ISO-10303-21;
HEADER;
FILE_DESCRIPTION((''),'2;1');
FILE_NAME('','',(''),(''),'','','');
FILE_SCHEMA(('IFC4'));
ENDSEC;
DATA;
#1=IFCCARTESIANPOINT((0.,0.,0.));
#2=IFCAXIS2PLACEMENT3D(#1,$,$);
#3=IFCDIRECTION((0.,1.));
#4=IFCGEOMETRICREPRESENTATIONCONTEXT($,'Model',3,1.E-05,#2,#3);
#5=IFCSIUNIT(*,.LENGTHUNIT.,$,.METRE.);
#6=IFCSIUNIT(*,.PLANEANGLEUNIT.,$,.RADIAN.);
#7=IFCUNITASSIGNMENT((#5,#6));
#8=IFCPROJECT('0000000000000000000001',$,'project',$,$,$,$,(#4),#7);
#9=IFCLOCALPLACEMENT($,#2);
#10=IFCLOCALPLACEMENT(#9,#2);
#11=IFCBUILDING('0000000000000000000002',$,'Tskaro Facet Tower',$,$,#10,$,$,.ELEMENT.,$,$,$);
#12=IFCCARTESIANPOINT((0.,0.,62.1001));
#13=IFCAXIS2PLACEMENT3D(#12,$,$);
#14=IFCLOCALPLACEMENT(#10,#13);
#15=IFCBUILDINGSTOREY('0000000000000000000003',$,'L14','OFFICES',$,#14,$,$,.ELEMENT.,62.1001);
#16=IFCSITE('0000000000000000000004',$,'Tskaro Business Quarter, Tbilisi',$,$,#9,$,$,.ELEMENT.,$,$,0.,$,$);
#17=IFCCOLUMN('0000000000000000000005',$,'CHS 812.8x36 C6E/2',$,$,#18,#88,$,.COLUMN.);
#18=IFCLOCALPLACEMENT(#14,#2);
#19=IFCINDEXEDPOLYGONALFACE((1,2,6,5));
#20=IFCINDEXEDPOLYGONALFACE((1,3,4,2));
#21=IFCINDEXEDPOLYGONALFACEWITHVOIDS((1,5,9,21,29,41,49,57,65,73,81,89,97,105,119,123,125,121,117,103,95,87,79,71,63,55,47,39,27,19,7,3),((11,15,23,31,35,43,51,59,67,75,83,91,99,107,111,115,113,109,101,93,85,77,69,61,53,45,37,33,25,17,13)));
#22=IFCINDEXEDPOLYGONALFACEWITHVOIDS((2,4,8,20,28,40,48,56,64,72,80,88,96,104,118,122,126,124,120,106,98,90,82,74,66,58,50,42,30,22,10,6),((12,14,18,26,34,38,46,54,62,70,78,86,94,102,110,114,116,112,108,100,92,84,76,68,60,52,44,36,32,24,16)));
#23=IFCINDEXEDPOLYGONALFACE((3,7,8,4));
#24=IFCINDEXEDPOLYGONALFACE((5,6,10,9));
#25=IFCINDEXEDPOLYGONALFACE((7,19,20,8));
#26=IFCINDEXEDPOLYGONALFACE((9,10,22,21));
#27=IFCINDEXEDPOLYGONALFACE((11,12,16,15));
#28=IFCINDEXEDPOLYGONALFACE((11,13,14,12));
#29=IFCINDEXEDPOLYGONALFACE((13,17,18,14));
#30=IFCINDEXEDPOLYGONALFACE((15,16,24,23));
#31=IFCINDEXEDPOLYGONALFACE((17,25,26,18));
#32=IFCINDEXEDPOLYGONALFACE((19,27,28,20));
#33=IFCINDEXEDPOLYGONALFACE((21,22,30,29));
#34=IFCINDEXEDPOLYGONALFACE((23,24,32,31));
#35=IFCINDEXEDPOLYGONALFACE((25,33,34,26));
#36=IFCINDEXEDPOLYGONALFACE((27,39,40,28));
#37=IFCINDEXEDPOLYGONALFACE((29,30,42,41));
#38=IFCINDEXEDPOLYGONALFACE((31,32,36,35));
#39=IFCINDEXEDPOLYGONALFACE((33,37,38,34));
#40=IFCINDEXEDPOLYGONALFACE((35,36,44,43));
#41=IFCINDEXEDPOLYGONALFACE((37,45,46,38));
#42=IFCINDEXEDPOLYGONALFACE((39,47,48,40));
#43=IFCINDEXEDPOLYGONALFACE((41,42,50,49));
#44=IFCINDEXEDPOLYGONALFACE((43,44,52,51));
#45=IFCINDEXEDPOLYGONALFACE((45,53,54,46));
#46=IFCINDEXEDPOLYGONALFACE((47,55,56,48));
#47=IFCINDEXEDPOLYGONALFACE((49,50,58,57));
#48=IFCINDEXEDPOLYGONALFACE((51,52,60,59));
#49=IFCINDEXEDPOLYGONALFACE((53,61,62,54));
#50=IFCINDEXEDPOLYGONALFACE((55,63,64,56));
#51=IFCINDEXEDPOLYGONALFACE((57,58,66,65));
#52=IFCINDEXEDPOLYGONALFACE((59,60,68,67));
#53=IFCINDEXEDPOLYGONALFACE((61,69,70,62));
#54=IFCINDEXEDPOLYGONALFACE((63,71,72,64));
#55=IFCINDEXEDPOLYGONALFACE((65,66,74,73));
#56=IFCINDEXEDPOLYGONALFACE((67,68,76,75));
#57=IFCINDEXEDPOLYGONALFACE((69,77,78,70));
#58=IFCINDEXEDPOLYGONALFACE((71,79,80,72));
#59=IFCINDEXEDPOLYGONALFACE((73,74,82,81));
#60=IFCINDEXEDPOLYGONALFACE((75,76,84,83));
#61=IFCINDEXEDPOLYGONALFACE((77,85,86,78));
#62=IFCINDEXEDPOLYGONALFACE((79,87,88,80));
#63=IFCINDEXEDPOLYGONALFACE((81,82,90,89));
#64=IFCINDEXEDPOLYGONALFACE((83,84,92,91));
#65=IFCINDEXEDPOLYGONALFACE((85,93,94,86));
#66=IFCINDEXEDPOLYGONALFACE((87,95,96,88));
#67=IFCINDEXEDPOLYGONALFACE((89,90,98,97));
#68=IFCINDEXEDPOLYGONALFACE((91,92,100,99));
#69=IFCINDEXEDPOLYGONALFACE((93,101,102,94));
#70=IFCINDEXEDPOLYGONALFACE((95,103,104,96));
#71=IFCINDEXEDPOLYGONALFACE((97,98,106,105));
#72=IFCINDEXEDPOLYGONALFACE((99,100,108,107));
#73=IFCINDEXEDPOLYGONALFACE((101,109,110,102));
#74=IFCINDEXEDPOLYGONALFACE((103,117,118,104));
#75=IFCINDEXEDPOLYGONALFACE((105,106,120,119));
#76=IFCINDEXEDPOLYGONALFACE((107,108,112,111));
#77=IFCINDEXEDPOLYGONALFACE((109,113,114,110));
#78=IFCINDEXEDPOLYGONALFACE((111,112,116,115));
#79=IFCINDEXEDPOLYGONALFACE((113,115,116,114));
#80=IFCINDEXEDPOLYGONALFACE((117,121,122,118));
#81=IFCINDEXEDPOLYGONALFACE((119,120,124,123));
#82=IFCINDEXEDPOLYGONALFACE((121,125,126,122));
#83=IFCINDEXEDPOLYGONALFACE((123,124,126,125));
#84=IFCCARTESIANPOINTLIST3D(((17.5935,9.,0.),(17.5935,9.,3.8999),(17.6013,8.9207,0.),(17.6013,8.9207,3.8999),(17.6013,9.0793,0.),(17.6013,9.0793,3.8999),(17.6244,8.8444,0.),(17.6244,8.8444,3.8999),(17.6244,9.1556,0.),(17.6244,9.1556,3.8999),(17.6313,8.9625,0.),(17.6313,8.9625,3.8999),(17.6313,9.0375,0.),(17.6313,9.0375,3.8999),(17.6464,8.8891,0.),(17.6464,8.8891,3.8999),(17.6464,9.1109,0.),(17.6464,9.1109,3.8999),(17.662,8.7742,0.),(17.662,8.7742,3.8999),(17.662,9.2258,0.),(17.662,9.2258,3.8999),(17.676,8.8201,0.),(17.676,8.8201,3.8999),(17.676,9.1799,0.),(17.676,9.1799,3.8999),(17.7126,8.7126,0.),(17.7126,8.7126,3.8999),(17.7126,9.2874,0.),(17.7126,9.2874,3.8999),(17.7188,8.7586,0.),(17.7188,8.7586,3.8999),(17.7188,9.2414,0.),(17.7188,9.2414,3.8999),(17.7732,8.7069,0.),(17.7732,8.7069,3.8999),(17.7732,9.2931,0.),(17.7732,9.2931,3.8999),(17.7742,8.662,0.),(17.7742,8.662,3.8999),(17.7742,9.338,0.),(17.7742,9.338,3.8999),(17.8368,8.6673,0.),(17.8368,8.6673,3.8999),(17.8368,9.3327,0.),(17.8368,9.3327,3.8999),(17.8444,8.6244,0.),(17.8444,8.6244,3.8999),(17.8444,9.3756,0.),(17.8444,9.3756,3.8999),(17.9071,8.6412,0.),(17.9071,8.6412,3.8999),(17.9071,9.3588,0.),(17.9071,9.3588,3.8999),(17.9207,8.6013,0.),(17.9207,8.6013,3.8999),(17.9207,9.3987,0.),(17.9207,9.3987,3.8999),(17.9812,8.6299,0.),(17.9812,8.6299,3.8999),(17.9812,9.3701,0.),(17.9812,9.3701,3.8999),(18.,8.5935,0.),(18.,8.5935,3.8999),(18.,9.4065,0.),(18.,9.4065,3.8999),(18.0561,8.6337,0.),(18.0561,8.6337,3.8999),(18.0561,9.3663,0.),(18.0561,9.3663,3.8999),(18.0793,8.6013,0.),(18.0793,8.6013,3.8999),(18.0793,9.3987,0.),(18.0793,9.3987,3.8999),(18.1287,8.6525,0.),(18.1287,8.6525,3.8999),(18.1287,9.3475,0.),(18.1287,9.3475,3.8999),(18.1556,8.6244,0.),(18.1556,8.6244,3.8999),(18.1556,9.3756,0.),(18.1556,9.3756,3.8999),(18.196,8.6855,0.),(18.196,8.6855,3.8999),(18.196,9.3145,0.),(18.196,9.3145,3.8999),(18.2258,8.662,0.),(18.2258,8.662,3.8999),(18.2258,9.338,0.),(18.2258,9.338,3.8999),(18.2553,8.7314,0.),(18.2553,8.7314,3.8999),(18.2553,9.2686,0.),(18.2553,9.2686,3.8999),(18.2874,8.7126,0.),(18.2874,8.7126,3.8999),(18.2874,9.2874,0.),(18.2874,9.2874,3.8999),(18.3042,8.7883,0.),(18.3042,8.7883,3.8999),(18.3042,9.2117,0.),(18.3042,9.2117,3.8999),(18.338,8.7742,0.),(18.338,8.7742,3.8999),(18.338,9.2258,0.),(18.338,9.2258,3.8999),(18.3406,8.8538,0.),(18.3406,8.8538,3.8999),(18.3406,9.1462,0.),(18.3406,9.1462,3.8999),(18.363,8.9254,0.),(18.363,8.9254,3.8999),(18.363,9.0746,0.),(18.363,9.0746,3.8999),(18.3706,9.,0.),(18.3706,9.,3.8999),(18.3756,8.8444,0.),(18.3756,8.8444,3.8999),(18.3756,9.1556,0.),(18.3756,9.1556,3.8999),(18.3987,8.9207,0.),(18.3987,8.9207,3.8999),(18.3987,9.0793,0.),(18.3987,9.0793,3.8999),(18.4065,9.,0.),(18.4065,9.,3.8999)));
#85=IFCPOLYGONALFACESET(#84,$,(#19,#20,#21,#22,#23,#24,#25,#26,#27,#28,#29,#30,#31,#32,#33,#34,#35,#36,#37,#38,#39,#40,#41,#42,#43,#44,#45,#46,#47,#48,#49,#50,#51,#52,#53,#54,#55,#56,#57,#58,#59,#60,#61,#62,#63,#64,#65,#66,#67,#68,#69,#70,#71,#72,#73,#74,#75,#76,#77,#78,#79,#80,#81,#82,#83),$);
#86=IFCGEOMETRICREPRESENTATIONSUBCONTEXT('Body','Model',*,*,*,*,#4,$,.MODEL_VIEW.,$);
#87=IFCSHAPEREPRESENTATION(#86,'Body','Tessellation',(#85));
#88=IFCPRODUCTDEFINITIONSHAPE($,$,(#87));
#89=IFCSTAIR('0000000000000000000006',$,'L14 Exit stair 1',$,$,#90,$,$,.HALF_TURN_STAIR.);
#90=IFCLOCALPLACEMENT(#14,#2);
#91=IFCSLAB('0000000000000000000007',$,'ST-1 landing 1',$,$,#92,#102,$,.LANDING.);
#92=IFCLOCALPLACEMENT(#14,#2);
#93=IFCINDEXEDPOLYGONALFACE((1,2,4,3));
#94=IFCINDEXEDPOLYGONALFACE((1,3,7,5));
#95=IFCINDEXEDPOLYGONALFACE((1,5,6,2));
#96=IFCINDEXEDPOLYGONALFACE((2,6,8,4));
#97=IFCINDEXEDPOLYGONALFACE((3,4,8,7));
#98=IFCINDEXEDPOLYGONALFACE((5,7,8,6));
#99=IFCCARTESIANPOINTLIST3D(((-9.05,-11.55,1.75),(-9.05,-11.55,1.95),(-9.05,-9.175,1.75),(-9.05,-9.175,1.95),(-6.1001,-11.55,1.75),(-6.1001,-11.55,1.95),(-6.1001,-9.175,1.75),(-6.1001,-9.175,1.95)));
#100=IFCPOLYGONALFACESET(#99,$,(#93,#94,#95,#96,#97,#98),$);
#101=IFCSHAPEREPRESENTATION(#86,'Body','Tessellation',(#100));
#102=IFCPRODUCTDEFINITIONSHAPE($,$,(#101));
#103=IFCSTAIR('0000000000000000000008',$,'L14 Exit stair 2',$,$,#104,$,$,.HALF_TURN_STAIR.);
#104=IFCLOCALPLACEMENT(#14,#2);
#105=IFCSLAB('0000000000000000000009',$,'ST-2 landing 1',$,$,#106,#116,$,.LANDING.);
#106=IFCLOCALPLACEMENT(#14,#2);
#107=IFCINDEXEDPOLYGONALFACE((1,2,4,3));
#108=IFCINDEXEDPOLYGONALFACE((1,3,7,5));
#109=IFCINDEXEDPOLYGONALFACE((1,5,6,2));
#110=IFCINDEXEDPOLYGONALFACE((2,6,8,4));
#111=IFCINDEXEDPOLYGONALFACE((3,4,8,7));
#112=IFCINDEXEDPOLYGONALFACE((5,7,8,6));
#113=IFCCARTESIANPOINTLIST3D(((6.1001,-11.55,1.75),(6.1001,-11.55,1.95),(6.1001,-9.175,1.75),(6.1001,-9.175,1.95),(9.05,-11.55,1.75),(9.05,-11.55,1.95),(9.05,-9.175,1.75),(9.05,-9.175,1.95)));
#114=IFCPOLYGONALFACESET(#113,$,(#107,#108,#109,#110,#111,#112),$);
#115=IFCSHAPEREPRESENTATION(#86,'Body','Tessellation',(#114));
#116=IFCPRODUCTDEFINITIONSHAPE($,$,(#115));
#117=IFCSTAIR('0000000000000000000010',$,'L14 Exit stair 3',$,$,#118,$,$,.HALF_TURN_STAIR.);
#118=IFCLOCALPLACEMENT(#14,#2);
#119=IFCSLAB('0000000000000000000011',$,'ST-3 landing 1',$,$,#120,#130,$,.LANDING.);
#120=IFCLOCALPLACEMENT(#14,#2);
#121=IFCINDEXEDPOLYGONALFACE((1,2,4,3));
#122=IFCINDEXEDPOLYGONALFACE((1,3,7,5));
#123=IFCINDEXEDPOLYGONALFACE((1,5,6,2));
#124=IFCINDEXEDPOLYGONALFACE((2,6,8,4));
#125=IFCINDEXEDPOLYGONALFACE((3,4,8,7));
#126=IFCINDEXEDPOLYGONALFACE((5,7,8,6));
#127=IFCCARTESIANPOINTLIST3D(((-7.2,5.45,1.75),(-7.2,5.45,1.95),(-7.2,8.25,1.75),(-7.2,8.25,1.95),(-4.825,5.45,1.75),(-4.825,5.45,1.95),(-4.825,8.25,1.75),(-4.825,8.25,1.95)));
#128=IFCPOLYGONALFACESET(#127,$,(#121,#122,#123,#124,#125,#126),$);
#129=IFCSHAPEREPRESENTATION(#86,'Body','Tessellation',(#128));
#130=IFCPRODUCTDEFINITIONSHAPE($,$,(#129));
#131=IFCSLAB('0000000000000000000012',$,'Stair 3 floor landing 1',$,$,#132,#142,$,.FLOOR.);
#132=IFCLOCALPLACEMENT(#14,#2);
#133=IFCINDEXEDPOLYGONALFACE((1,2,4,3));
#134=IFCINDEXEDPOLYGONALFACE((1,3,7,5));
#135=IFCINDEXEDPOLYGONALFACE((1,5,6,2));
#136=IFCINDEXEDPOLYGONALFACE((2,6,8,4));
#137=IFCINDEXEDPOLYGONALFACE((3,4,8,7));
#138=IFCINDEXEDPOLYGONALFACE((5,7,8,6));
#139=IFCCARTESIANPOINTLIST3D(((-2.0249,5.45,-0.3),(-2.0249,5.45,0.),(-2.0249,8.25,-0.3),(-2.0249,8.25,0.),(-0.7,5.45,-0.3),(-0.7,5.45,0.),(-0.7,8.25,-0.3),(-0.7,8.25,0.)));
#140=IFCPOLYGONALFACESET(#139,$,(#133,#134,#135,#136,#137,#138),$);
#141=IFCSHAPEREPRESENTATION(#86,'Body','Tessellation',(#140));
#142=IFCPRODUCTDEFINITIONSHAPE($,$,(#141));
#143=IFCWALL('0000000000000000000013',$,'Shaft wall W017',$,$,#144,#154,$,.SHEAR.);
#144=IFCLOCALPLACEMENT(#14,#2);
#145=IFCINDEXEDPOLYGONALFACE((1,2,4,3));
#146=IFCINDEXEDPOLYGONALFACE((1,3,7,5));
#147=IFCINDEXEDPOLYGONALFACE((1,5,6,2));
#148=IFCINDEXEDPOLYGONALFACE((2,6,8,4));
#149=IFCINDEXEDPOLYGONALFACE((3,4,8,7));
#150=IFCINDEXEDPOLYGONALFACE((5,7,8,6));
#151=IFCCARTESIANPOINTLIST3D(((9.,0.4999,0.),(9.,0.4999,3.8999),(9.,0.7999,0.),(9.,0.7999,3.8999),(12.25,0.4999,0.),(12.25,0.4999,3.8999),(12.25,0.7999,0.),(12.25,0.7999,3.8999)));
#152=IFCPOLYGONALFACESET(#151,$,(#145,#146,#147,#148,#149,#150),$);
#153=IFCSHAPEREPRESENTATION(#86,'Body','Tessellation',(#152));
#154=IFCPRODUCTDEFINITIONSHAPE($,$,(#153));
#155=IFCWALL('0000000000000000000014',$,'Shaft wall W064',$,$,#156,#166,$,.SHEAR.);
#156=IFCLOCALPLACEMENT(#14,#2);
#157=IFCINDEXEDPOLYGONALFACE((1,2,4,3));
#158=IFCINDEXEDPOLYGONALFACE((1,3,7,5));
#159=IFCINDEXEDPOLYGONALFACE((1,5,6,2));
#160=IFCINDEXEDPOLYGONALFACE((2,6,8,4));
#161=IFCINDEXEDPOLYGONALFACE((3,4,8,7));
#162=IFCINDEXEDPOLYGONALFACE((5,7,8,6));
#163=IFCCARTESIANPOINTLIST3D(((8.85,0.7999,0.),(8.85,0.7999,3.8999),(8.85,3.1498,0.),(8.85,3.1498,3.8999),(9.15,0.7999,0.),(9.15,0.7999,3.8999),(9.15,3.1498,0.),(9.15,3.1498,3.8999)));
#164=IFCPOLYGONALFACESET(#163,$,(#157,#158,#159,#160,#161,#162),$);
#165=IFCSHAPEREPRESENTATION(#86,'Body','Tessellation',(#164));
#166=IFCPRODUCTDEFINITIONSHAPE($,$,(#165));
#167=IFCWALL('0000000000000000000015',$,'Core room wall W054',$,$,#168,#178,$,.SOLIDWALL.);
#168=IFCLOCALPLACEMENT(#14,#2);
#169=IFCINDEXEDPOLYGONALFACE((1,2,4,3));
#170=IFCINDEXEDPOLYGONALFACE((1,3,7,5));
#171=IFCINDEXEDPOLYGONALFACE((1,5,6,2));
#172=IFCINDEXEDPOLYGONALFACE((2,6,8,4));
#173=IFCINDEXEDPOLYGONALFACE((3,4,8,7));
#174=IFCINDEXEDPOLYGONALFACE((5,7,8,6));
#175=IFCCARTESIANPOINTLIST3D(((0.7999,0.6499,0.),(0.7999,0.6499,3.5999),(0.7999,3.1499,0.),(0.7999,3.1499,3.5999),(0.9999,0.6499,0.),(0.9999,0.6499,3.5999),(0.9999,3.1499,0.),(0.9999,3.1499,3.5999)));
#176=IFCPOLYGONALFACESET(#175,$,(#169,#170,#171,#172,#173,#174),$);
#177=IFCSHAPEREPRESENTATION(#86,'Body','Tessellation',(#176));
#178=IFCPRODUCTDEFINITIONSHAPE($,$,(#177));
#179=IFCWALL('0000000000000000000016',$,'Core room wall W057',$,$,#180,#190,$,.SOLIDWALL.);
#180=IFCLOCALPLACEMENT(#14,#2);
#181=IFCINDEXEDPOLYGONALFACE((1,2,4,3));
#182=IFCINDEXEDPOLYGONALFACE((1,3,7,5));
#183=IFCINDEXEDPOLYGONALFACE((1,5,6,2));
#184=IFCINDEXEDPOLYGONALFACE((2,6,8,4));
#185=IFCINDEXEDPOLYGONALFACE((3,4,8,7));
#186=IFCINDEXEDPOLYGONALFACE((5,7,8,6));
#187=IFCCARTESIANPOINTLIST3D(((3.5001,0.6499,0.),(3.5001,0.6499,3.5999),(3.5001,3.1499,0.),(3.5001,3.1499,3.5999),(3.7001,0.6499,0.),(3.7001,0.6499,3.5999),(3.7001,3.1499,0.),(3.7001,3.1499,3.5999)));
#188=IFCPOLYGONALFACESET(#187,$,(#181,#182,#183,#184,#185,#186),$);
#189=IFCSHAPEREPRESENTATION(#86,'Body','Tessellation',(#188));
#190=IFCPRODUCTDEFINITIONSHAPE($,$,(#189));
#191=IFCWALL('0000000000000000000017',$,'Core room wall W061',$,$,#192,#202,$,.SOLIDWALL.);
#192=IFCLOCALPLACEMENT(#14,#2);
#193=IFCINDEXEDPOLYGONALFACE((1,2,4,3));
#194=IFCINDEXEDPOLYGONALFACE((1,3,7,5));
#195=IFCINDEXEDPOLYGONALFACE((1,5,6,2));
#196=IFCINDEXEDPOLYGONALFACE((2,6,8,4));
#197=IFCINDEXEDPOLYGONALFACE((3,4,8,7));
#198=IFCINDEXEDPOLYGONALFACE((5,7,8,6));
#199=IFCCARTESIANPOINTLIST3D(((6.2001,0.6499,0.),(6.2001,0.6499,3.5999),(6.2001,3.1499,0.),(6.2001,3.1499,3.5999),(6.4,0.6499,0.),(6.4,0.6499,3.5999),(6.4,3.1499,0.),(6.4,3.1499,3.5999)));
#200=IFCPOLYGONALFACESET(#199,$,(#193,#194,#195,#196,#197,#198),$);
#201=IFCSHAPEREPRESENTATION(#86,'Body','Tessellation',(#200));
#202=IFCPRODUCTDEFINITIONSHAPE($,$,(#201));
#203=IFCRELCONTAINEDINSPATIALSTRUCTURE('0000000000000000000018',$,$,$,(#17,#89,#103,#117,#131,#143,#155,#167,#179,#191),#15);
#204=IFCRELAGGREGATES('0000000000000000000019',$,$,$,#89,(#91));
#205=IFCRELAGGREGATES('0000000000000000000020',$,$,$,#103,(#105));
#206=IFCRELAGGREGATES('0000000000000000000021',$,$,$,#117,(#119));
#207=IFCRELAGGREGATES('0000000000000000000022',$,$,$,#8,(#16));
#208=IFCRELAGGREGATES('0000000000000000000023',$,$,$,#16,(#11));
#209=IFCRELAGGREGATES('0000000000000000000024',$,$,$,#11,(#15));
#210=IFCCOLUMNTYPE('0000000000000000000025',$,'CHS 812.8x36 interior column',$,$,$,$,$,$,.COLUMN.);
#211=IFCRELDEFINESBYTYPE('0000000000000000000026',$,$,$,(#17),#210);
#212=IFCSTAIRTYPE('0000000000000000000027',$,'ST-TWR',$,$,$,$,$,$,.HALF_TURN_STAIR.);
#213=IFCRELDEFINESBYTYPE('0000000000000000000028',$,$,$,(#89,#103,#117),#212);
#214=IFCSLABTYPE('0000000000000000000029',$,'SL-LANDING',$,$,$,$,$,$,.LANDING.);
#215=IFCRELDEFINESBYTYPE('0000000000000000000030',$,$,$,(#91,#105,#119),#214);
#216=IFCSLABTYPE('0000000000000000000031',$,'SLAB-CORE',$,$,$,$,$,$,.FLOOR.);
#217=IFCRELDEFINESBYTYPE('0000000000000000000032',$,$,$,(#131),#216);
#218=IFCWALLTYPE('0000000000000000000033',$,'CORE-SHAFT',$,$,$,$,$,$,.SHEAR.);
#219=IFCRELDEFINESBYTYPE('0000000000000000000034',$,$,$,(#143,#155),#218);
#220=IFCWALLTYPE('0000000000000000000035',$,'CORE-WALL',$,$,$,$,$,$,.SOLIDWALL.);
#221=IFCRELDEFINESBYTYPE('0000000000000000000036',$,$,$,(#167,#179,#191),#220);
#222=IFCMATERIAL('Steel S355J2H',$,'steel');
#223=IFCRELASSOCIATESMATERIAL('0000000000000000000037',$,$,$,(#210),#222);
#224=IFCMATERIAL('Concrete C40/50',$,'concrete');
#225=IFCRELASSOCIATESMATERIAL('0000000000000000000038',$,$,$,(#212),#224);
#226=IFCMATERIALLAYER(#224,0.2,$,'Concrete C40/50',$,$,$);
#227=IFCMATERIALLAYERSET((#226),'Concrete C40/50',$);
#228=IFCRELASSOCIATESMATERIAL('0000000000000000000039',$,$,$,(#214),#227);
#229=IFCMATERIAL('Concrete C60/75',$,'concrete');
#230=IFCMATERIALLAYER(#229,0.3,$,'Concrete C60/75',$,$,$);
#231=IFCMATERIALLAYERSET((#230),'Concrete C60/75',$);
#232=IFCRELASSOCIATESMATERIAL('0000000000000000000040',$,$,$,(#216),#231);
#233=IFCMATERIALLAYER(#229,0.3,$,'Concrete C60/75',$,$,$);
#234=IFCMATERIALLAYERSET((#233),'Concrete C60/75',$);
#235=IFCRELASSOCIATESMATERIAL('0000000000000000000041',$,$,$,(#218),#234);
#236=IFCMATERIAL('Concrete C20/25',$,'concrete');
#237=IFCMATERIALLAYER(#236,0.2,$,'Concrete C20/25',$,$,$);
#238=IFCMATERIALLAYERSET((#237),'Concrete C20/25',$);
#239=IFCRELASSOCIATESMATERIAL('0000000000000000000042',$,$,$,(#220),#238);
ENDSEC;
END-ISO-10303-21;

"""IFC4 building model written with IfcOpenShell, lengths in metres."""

from ifc_helpers import new_model, si_unit, direction, frame, frame_2d, origin, origin_2d, place, context, subcontext, project, spatial, polyline, rectangle, hollow_circle, outline, extrude, material, layer, layer_set, material_profile, profile_set, type_object, element, aggregate, save


model = new_model("IFC4")

# Units and contexts
model_context = context("Model", 3, precision=1e-05, world=origin(), true_north=direction((0.0, 1.0)))
body_context = subcontext(model_context, "Body", "Model", "MODEL_VIEW")
ifc_project = project(units=[si_unit("LENGTHUNIT", "METRE"), si_unit("PLANEANGLEUNIT", "RADIAN")], contexts=[model_context])

# Site, building, storey
site_placement = place(None, origin())
site = spatial("IfcSite", under=ifc_project, at=site_placement, Name="Tskaro Business Quarter, Tbilisi", CompositionType="ELEMENT", RefElevation=0.0)
building_placement = place(site_placement, origin())
building = spatial("IfcBuilding", under=site, at=building_placement, Name="Tskaro Facet Tower", CompositionType="ELEMENT")
storey_placement = place(building_placement, frame((0.0, 0.0, 62.1001)))
storey = spatial("IfcBuildingStorey", under=building, at=storey_placement, Name="L14", Description="OFFICES", CompositionType="ELEMENT", Elevation=62.1001)

# Column
ifc_material_1 = material(Name="Steel S355J2H", Category="steel")
ifc_material_profile = material_profile(ifc_material_1, hollow_circle(Radius=0.4065, WallThickness=0.0359, at=origin_2d()), Name="CHS 812.8x36")
ifc_profile_set = profile_set([ifc_material_profile], Name="Steel S355J2H")
column_type = type_object("IfcColumnType", Name="CHS 812.8x36 interior column", PredefinedType="COLUMN", material=ifc_profile_set)
for number, where, z_axis, x_axis, name in (
    (1, (18.0, 9.0, 0.0), (0.0, 0.0, 1.0), (1.0, 0.0, 0.0), "CHS 812.8x36 C6E/2"),
):
    element("IfcColumn", number, at=place(storey_placement, frame(where, z_axis=z_axis, x_axis=x_axis)), inside=storey, type_object=column_type, Name=name, PredefinedType="COLUMN", context=body_context, shape_type="SweptSolid", body=[
        extrude(hollow_circle(Radius=0.4065, WallThickness=0.0359, at=origin_2d()), origin(), (0.0, 0.0, 1.0), 3.8999),
    ])

# Stairs, slabs
ifc_material_2 = material(Name="Concrete C40/50", Category="concrete")
stair_type = type_object("IfcStairType", Name="ST-TWR", PredefinedType="HALF_TURN_STAIR", material=ifc_material_2)
stair_1_placement = place(storey_placement, origin())
stair_1 = element("IfcStair", 2, at=stair_1_placement, inside=storey, type_object=stair_type, Name="L14 Exit stair 1", PredefinedType="HALF_TURN_STAIR")
ifc_layer_1 = layer(ifc_material_2, 0.2, Name="Concrete C40/50")
ifc_layer_set_1 = layer_set([ifc_layer_1], Name="Concrete C40/50")
slab_type_1 = type_object("IfcSlabType", Name="SL-LANDING", PredefinedType="LANDING", material=ifc_layer_set_1)
slab_1_placement = place(storey_placement, frame((0.0, 0.0, 1.75)))
slab_1 = element("IfcSlab", 3, at=slab_1_placement, type_object=slab_type_1, Name="ST-1 landing 1", PredefinedType="LANDING", context=body_context, shape_type="SweptSolid", body=[
    extrude(outline(polyline([(-9.05, -11.55), (-6.1001, -11.55), (-6.1001, -9.175), (-9.05, -9.175), (-9.05, -11.55)])), origin(), (0.0, 0.0, 1.0), 0.2),
])
aggregate(stair_1, [slab_1])
stair_2_placement = place(storey_placement, origin())
stair_2 = element("IfcStair", 4, at=stair_2_placement, inside=storey, type_object=stair_type, Name="L14 Exit stair 2", PredefinedType="HALF_TURN_STAIR")
slab_2_placement = place(storey_placement, frame((0.0, 0.0, 1.75)))
slab_2 = element("IfcSlab", 5, at=slab_2_placement, type_object=slab_type_1, Name="ST-2 landing 1", PredefinedType="LANDING", context=body_context, shape_type="SweptSolid", body=[
    extrude(outline(polyline([(6.1001, -11.55), (9.05, -11.55), (9.05, -9.175), (6.1001, -9.175), (6.1001, -11.55)])), origin(), (0.0, 0.0, 1.0), 0.2),
])
aggregate(stair_2, [slab_2])
stair_3_placement = place(storey_placement, origin())
stair_3 = element("IfcStair", 6, at=stair_3_placement, inside=storey, type_object=stair_type, Name="L14 Exit stair 3", PredefinedType="HALF_TURN_STAIR")
slab_3_placement = place(storey_placement, frame((0.0, 0.0, 1.75)))
slab_3 = element("IfcSlab", 7, at=slab_3_placement, type_object=slab_type_1, Name="ST-3 landing 1", PredefinedType="LANDING", context=body_context, shape_type="SweptSolid", body=[
    extrude(outline(polyline([(-7.2, 5.45), (-4.825, 5.45), (-4.825, 8.25), (-7.2, 8.25), (-7.2, 5.45)])), origin(), (0.0, 0.0, 1.0), 0.2),
])
aggregate(stair_3, [slab_3])

# Slab
ifc_material_3 = material(Name="Concrete C60/75", Category="concrete")
ifc_layer_2 = layer(ifc_material_3, 0.3, Name="Concrete C60/75")
ifc_layer_set_2 = layer_set([ifc_layer_2], Name="Concrete C60/75")
slab_type_2 = type_object("IfcSlabType", Name="SLAB-CORE", PredefinedType="FLOOR", material=ifc_layer_set_2)
slab_4_placement = place(storey_placement, frame((0.0, 0.0, -0.3)))
element("IfcSlab", 8, at=slab_4_placement, inside=storey, type_object=slab_type_2, Name="Stair 3 floor landing 1", PredefinedType="FLOOR", context=body_context, shape_type="SweptSolid", body=[
    extrude(outline(polyline([(-2.0249, 5.45), (-0.7, 5.45), (-0.7, 8.25), (-2.0249, 8.25), (-2.0249, 5.45)])), origin(), (0.0, 0.0, 1.0), 0.3),
])

# Walls
ifc_layer_3 = layer(ifc_material_3, 0.3, Name="Concrete C60/75")
ifc_layer_set_3 = layer_set([ifc_layer_3], Name="Concrete C60/75")
wall_type_1 = type_object("IfcWallType", Name="CORE-SHAFT", PredefinedType="SHEAR", material=ifc_layer_set_3)
wall_1_placement = place(storey_placement, frame((12.25, 0.6499, 0.0), z_axis=(0.0, 0.0, 1.0), x_axis=(-1.0, 0.0, 0.0)))
element("IfcWall", 9, at=wall_1_placement, inside=storey, type_object=wall_type_1, Name="Shaft wall W017", PredefinedType="SHEAR", context=body_context, shape_type="SweptSolid", body=[
    extrude(rectangle(XDim=3.25, YDim=0.3, at=frame_2d((1.625, 0.0))), origin(), (0.0, 0.0, 1.0), 3.8999),
])
wall_2_placement = place(storey_placement, frame((9.0, 0.8, 0.0), z_axis=(0.0, 0.0, 1.0), x_axis=(0.0, 1.0, 0.0)))
element("IfcWall", 10, at=wall_2_placement, inside=storey, type_object=wall_type_1, Name="Shaft wall W064", PredefinedType="SHEAR", context=body_context, shape_type="SweptSolid", body=[
    extrude(rectangle(XDim=2.3499, YDim=0.3, at=frame_2d((1.1748, 0.0))), origin(), (0.0, 0.0, 1.0), 3.8999),
])
ifc_material_4 = material(Name="Concrete C20/25", Category="concrete")
ifc_layer_4 = layer(ifc_material_4, 0.2, Name="Concrete C20/25")
ifc_layer_set_4 = layer_set([ifc_layer_4], Name="Concrete C20/25")
wall_type_2 = type_object("IfcWallType", Name="CORE-WALL", PredefinedType="SOLIDWALL", material=ifc_layer_set_4)
for number, where, z_axis, x_axis, name in (
    (11, (0.8999, 0.6499, 0.0), (0.0, 0.0, 1.0), (0.0, 1.0, 0.0), "Core room wall W054"),
    (12, (3.6001, 0.6499, 0.0), (0.0, 0.0, 1.0), (0.0, 1.0, 0.0), "Core room wall W057"),
    (13, (6.3, 0.6499, 0.0), (0.0, 0.0, 1.0), (0.0, 1.0, 0.0), "Core room wall W061"),
):
    element("IfcWall", number, at=place(storey_placement, frame(where, z_axis=z_axis, x_axis=x_axis)), inside=storey, type_object=wall_type_2, Name=name, PredefinedType="SOLIDWALL", context=body_context, shape_type="SweptSolid", body=[
        extrude(rectangle(XDim=2.5, YDim=0.2, at=frame_2d((1.25, 0.0))), origin(), (0.0, 0.0, 1.0), 3.5999),
    ])

save(model, "model.ifc")
